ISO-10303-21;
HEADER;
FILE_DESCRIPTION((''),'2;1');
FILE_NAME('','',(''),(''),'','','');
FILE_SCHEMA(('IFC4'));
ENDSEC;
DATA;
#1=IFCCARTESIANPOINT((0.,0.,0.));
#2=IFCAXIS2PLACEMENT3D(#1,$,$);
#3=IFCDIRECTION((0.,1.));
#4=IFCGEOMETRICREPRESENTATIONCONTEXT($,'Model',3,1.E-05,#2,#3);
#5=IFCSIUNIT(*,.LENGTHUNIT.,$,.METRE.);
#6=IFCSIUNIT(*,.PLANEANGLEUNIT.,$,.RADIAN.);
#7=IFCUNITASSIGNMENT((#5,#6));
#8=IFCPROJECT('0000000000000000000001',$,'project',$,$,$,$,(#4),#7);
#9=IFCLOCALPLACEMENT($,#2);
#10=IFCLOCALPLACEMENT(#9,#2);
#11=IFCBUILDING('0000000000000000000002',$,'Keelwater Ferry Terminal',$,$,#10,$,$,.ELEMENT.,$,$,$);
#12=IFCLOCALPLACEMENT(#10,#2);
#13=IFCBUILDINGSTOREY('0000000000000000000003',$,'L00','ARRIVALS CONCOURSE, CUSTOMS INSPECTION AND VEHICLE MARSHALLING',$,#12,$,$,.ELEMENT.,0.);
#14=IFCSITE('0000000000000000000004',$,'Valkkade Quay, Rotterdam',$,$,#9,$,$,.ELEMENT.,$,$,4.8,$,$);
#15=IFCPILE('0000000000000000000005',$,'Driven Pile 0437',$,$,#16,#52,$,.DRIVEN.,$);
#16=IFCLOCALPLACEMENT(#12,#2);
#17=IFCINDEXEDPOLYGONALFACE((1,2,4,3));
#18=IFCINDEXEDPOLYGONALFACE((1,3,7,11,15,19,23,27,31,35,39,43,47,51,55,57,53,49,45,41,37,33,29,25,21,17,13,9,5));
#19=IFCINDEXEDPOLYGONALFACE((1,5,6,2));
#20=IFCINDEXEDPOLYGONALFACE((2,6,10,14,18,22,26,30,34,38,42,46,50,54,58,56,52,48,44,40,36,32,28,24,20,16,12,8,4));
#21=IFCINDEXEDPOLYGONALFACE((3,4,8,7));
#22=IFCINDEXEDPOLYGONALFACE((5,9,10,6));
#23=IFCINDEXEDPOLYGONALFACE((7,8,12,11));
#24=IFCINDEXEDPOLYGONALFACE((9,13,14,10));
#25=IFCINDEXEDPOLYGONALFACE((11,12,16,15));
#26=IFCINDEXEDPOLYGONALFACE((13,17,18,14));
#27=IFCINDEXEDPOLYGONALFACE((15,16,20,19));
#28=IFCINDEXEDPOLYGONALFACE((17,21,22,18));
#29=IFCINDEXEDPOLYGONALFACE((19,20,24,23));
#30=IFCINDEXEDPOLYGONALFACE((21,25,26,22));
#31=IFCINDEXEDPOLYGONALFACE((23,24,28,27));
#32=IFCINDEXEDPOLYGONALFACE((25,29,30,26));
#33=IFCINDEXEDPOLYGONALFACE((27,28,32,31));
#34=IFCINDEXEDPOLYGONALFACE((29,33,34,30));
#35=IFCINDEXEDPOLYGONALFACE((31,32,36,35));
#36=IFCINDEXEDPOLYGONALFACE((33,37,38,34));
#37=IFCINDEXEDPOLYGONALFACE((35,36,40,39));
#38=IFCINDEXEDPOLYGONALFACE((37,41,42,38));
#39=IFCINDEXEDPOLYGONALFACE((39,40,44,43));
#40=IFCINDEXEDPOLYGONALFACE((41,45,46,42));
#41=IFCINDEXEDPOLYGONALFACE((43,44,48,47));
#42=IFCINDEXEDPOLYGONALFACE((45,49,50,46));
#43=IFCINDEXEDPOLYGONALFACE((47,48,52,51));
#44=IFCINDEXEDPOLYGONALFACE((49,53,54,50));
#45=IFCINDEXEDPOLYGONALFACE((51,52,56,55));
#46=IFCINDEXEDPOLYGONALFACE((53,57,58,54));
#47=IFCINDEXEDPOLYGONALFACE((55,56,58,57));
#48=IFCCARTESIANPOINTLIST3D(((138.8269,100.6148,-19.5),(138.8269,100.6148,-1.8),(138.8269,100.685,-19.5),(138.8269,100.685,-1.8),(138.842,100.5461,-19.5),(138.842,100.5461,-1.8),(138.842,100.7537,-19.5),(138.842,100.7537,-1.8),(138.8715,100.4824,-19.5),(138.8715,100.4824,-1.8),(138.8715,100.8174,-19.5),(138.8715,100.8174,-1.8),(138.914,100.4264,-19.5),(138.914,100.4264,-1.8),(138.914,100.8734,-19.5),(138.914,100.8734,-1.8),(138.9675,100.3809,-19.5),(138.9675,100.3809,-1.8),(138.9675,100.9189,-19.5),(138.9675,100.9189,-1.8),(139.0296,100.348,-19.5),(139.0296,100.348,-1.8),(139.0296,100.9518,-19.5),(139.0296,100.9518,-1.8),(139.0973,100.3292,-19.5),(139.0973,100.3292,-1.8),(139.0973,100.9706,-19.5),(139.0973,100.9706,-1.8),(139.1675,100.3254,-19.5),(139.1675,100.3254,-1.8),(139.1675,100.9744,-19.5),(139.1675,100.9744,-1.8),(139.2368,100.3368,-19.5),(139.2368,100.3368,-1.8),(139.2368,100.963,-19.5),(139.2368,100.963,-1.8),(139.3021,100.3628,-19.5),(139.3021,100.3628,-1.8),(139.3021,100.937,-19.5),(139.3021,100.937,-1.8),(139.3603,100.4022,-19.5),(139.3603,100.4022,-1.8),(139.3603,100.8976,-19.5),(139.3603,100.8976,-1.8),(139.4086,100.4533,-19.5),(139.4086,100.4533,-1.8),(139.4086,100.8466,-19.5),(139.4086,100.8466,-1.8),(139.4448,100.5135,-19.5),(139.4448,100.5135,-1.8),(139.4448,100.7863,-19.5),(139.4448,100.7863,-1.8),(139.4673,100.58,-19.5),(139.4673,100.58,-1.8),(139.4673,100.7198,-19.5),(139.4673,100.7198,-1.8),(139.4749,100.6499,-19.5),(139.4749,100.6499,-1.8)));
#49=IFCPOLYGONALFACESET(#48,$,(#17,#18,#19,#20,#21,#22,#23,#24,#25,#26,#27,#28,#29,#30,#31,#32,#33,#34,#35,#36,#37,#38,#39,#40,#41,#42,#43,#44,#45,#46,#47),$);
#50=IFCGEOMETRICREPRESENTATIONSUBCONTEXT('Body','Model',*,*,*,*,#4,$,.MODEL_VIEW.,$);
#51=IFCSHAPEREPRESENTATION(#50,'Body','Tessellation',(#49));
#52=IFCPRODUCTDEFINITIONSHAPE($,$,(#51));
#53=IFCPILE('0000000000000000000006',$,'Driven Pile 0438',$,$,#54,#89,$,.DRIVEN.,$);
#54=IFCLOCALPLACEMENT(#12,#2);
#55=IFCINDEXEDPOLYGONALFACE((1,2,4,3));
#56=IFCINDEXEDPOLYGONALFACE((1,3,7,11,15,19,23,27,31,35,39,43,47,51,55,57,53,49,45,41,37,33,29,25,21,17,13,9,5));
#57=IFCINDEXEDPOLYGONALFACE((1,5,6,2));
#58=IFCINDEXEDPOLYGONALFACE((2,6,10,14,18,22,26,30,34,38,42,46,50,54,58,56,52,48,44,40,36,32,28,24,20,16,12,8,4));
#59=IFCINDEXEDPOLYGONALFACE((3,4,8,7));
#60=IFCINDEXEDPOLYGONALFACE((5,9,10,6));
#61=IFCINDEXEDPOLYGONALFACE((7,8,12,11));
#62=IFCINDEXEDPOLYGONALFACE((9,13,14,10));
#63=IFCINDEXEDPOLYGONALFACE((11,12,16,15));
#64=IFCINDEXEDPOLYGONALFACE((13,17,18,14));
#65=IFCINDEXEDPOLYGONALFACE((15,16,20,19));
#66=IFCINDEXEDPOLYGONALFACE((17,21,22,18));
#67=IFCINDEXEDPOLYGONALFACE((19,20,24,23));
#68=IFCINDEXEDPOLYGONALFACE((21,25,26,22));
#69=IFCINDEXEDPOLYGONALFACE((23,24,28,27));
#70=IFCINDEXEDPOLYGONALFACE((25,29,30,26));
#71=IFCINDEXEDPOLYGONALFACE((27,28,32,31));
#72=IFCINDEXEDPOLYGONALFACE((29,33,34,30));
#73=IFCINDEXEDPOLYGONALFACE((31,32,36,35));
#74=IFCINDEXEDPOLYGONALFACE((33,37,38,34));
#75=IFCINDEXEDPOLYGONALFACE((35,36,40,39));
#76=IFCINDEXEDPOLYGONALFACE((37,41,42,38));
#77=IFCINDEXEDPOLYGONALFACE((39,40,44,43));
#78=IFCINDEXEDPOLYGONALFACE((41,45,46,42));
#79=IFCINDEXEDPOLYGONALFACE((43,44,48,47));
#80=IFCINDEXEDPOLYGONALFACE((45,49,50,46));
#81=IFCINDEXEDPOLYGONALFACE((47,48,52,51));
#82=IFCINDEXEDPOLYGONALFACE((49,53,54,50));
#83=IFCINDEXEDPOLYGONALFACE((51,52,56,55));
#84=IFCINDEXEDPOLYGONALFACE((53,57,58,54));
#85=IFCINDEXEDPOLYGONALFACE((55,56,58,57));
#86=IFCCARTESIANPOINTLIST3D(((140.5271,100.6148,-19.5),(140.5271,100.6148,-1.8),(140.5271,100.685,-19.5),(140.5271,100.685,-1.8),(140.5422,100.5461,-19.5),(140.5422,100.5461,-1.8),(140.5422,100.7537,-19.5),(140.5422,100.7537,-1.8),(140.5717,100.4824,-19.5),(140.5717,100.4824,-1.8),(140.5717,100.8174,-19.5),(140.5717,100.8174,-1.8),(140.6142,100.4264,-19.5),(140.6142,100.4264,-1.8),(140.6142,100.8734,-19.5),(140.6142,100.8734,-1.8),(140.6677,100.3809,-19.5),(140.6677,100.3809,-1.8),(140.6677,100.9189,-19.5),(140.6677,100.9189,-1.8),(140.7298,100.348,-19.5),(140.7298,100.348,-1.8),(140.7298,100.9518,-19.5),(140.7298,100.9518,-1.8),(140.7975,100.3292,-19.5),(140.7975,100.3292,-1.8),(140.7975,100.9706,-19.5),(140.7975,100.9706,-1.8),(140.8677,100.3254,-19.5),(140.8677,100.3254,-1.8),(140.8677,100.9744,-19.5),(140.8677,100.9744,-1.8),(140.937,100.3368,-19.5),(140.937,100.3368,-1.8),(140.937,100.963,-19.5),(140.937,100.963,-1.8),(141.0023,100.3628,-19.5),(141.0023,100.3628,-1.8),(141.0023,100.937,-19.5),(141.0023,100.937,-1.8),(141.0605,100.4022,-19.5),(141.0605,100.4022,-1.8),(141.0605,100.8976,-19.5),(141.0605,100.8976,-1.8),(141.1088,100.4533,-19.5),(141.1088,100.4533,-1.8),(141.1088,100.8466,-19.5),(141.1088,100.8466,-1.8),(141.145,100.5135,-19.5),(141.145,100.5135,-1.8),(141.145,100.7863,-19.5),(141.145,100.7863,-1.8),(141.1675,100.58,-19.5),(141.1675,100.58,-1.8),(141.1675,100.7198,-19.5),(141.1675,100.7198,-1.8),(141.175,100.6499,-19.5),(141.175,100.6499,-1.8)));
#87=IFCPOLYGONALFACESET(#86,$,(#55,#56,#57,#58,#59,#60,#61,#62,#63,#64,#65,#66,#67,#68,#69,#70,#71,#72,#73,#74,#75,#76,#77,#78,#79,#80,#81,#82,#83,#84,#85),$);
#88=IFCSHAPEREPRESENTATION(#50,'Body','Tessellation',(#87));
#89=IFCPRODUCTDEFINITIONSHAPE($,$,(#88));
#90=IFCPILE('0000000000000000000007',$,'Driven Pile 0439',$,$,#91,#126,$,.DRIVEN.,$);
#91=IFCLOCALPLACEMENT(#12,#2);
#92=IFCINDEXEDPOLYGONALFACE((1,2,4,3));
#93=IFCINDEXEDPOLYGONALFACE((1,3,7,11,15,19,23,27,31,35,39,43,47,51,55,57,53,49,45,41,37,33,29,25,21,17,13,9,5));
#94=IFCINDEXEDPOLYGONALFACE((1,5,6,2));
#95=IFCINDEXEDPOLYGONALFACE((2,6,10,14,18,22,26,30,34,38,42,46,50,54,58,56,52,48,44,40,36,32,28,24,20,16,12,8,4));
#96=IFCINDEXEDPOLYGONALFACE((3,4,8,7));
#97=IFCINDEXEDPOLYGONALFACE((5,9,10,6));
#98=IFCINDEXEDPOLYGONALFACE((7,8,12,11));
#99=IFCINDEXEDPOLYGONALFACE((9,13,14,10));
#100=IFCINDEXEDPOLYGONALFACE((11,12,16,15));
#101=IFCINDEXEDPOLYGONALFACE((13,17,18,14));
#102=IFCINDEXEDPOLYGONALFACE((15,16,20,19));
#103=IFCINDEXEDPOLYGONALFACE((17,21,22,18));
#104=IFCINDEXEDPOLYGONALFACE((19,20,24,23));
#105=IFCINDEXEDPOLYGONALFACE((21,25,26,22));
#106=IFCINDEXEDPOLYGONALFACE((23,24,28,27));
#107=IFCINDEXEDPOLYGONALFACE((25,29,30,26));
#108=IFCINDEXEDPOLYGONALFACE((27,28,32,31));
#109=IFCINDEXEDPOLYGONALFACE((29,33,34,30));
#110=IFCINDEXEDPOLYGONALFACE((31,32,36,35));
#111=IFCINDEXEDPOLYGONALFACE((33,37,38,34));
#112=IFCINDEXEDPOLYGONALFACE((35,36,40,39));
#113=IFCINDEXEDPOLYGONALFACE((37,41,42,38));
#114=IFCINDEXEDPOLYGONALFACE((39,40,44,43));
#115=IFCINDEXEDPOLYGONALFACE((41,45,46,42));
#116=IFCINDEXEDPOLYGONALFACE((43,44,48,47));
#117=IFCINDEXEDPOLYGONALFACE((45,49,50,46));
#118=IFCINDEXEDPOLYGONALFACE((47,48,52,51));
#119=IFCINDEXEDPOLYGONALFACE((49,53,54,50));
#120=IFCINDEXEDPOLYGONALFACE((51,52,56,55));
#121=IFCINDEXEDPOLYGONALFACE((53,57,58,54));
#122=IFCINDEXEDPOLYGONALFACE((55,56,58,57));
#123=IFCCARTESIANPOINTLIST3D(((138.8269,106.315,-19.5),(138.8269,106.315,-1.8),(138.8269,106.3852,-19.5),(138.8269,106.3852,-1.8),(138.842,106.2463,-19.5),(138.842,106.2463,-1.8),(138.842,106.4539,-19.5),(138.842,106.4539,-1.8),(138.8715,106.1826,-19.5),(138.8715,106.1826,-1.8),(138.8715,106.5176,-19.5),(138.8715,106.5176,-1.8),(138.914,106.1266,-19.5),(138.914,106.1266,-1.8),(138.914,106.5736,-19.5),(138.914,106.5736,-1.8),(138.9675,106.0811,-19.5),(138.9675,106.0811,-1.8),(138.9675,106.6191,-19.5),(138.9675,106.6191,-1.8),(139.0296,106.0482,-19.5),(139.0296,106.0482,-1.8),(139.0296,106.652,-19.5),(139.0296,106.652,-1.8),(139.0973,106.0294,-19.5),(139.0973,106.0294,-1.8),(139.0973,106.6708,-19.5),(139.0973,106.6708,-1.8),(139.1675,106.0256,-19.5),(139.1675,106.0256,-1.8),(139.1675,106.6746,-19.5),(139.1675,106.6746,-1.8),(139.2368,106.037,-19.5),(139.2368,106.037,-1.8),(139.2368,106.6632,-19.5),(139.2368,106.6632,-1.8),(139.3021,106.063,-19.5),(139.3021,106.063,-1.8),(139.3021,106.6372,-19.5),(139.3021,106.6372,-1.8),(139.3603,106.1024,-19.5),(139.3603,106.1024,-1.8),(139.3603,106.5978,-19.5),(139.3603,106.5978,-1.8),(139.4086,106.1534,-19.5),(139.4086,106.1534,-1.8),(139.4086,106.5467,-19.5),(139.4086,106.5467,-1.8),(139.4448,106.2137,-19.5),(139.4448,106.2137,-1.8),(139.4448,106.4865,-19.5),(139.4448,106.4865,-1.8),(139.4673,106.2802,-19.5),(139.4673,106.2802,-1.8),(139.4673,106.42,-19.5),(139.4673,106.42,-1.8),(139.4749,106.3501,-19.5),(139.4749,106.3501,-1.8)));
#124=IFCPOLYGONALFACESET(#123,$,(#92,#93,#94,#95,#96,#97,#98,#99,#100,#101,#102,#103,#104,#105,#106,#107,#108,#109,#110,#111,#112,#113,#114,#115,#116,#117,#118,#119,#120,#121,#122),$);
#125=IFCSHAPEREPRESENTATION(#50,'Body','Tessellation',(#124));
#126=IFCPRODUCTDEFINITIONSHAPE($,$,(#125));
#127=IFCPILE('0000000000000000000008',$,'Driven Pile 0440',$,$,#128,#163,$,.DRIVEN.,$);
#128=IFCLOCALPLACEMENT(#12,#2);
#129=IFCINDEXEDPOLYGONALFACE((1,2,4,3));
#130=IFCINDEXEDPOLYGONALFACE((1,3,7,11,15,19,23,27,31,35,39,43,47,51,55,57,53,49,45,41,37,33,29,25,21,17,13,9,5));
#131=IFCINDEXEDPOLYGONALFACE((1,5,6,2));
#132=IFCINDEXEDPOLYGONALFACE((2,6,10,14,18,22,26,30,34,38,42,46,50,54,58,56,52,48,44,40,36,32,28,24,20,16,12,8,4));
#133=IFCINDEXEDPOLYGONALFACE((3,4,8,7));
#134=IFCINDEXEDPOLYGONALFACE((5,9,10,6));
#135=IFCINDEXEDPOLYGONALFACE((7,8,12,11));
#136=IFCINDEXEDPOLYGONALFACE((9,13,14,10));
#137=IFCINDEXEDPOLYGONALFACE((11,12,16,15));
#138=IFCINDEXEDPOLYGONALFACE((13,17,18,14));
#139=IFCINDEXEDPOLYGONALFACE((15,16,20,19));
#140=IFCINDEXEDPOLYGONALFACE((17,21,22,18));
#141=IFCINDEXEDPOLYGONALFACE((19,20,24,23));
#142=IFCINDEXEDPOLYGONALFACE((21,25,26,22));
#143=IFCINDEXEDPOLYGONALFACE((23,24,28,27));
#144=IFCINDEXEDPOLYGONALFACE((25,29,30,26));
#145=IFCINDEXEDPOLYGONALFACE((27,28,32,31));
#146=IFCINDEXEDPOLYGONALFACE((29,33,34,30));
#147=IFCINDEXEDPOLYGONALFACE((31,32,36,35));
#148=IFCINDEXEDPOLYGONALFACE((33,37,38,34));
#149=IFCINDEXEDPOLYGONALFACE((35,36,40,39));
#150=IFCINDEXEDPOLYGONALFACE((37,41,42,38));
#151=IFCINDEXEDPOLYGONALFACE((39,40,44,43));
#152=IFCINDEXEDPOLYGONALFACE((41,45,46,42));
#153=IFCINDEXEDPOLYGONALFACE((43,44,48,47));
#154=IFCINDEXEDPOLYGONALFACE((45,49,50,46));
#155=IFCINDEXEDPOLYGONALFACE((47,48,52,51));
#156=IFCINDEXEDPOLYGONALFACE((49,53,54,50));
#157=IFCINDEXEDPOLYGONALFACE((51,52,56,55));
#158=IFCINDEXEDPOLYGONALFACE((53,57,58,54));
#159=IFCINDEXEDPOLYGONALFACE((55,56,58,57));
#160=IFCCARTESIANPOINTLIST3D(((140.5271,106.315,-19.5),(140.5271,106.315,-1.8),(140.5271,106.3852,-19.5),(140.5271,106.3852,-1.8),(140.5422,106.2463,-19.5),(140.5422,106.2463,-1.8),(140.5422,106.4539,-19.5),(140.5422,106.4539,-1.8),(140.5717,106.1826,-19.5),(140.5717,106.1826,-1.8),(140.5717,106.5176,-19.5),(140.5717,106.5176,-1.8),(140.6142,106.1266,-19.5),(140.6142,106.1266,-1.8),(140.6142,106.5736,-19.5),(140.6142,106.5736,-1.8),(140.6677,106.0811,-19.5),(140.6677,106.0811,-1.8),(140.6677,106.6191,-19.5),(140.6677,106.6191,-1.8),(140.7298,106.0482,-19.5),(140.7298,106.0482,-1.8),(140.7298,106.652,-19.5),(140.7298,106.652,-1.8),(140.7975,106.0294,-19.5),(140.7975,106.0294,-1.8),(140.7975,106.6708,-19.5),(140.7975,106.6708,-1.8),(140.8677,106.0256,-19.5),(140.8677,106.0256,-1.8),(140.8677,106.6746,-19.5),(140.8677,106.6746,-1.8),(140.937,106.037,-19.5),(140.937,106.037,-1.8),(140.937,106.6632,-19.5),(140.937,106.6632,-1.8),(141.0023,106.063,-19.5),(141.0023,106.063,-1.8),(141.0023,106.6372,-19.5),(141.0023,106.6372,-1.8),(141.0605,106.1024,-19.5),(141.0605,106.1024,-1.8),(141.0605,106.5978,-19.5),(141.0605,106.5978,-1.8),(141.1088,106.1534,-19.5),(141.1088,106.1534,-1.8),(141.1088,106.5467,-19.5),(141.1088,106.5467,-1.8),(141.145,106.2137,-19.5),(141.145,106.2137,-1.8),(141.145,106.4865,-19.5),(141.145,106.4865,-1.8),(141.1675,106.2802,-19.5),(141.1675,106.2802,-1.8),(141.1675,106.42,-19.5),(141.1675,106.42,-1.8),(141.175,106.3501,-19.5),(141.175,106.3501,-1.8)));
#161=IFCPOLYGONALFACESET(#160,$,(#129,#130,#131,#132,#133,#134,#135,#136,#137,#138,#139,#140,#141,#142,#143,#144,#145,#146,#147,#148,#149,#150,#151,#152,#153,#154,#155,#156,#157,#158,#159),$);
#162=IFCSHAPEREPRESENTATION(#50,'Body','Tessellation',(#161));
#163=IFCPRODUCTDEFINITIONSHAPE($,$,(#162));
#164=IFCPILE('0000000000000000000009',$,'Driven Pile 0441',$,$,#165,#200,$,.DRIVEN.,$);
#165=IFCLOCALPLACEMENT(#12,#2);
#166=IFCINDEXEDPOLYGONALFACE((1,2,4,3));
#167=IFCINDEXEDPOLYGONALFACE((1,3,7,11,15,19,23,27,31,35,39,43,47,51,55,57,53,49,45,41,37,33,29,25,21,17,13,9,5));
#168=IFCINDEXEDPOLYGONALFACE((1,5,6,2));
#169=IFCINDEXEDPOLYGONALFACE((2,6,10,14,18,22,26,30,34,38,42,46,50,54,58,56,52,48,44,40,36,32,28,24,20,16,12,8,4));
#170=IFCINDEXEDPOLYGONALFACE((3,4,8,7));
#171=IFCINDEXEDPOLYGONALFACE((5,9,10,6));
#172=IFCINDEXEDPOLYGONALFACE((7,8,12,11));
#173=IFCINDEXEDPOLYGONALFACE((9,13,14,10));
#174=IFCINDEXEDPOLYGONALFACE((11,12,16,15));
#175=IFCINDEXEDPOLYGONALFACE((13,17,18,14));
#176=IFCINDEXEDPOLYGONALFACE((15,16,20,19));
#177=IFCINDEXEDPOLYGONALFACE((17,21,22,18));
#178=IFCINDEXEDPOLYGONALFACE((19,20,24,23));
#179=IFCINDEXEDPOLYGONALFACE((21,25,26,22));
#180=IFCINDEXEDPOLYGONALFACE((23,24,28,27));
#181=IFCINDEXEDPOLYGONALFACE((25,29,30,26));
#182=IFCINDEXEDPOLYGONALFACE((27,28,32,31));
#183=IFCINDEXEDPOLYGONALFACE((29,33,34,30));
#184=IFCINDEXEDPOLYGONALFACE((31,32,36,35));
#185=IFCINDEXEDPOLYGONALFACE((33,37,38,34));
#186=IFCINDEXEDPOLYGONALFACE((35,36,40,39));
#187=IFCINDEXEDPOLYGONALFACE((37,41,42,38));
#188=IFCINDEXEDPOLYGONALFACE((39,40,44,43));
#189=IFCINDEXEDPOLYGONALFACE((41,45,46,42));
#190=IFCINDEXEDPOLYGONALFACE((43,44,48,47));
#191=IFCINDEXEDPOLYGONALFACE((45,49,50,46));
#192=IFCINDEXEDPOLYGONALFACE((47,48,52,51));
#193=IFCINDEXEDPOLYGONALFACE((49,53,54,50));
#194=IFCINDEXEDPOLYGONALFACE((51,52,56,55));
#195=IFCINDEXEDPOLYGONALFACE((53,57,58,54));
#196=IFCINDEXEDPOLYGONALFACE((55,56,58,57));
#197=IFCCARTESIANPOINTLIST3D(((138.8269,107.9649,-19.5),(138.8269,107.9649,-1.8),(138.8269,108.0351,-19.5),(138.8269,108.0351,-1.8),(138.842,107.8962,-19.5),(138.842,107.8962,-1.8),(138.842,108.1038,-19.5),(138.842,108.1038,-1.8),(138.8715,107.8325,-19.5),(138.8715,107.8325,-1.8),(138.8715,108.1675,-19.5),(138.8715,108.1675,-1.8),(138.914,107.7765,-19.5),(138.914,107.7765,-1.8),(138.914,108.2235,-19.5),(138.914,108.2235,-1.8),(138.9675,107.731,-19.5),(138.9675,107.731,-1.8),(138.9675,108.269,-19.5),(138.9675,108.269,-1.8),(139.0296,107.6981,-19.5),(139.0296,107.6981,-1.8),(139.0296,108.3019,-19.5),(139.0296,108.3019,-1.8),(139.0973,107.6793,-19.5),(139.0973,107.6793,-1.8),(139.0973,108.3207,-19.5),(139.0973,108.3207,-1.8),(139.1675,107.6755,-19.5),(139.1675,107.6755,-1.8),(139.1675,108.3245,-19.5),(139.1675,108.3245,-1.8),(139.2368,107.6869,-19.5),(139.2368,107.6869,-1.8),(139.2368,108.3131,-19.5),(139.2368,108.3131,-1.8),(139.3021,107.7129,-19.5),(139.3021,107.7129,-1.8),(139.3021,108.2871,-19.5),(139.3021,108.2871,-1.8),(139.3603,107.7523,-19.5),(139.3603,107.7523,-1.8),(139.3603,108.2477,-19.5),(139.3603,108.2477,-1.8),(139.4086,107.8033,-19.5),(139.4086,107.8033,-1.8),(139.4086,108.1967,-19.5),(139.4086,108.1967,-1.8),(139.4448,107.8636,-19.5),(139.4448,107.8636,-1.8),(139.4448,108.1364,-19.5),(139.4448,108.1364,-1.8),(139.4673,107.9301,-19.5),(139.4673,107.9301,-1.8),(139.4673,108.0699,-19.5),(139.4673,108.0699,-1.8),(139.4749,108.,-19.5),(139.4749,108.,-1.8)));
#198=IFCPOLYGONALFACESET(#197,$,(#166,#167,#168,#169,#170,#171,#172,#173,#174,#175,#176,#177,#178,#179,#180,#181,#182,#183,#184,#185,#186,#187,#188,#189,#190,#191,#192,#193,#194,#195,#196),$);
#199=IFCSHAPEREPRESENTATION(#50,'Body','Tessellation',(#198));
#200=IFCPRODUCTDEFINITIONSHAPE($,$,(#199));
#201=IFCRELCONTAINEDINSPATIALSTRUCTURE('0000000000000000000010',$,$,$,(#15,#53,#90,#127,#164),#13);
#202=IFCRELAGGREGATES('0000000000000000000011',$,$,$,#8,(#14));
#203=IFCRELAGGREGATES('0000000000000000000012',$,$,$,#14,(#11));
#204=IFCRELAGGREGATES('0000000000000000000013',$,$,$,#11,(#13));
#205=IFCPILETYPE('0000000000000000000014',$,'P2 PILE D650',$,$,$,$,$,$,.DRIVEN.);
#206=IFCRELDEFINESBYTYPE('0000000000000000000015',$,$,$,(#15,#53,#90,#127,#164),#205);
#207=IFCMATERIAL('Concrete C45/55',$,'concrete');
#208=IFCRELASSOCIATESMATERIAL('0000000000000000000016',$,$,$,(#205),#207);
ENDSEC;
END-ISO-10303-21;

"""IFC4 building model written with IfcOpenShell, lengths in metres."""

from ifc_helpers import new_model, si_unit, direction, frame, origin, origin_2d, place, context, subcontext, project, spatial, circle, extrude, material, material_profile, profile_set, type_object, element, save


model = new_model("IFC4")

# Units and contexts
model_context = context("Model", 3, precision=1e-05, world=origin(), true_north=direction((0.0, 1.0)))
body_context = subcontext(model_context, "Body", "Model", "MODEL_VIEW")
ifc_project = project(units=[si_unit("LENGTHUNIT", "METRE"), si_unit("PLANEANGLEUNIT", "RADIAN")], contexts=[model_context])

# Site, building, storey
site_placement = place(None, origin())
site = spatial("IfcSite", under=ifc_project, at=site_placement, Name="Valkkade Quay, Rotterdam", CompositionType="ELEMENT", RefElevation=4.8)
building_placement = place(site_placement, origin())
building = spatial("IfcBuilding", under=site, at=building_placement, Name="Keelwater Ferry Terminal", CompositionType="ELEMENT")
storey_placement = place(building_placement, origin())
storey = spatial("IfcBuildingStorey", under=building, at=storey_placement, Name="L00", Description="ARRIVALS CONCOURSE, CUSTOMS INSPECTION AND VEHICLE MARSHALLING", CompositionType="ELEMENT", Elevation=0.0)

# Piles
ifc_material_1 = material(Name="Concrete C45/55", Category="concrete")
ifc_material_profile_1 = material_profile(ifc_material_1, circle(Radius=0.325, at=origin_2d()), Name="PILE D650")
ifc_profile_set_1 = profile_set([ifc_material_profile_1], Name="Concrete C45/55")
pile_type_1 = type_object("IfcPileType", Name="P2 PILE D650", PredefinedType="DRIVEN", material=ifc_profile_set_1)
for number, where, z_axis, x_axis, name in (
    (1, (139.1499, 100.6499, -1.8), (0.0, 0.0, -1.0), (1.0, 0.0, 0.0), "Driven Pile 0437"),
    (2, (140.8501, 100.6499, -1.8), (0.0, 0.0, -1.0), (1.0, 0.0, 0.0), "Driven Pile 0438"),
    (3, (139.1499, 106.3501, -1.8), (0.0, 0.0, -1.0), (1.0, 0.0, 0.0), "Driven Pile 0439"),
    (4, (140.8501, 106.3501, -1.8), (0.0, 0.0, -1.0), (1.0, 0.0, 0.0), "Driven Pile 0440"),
    (5, (139.1499, 108.0, -1.8), (0.0, 0.0, -1.0), (1.0, 0.0, 0.0), "Driven Pile 0441"),
):
    element("IfcPile", number, at=place(storey_placement, frame(where, z_axis=z_axis, x_axis=x_axis)), inside=storey, type_object=pile_type_1, Name=name, PredefinedType="DRIVEN", context=body_context, shape_type="SweptSolid", body=[
        extrude(circle(Radius=0.325, at=origin_2d()), origin(), (0.0, 0.0, 1.0), 17.7),
    ])

save(model, "model.ifc")
